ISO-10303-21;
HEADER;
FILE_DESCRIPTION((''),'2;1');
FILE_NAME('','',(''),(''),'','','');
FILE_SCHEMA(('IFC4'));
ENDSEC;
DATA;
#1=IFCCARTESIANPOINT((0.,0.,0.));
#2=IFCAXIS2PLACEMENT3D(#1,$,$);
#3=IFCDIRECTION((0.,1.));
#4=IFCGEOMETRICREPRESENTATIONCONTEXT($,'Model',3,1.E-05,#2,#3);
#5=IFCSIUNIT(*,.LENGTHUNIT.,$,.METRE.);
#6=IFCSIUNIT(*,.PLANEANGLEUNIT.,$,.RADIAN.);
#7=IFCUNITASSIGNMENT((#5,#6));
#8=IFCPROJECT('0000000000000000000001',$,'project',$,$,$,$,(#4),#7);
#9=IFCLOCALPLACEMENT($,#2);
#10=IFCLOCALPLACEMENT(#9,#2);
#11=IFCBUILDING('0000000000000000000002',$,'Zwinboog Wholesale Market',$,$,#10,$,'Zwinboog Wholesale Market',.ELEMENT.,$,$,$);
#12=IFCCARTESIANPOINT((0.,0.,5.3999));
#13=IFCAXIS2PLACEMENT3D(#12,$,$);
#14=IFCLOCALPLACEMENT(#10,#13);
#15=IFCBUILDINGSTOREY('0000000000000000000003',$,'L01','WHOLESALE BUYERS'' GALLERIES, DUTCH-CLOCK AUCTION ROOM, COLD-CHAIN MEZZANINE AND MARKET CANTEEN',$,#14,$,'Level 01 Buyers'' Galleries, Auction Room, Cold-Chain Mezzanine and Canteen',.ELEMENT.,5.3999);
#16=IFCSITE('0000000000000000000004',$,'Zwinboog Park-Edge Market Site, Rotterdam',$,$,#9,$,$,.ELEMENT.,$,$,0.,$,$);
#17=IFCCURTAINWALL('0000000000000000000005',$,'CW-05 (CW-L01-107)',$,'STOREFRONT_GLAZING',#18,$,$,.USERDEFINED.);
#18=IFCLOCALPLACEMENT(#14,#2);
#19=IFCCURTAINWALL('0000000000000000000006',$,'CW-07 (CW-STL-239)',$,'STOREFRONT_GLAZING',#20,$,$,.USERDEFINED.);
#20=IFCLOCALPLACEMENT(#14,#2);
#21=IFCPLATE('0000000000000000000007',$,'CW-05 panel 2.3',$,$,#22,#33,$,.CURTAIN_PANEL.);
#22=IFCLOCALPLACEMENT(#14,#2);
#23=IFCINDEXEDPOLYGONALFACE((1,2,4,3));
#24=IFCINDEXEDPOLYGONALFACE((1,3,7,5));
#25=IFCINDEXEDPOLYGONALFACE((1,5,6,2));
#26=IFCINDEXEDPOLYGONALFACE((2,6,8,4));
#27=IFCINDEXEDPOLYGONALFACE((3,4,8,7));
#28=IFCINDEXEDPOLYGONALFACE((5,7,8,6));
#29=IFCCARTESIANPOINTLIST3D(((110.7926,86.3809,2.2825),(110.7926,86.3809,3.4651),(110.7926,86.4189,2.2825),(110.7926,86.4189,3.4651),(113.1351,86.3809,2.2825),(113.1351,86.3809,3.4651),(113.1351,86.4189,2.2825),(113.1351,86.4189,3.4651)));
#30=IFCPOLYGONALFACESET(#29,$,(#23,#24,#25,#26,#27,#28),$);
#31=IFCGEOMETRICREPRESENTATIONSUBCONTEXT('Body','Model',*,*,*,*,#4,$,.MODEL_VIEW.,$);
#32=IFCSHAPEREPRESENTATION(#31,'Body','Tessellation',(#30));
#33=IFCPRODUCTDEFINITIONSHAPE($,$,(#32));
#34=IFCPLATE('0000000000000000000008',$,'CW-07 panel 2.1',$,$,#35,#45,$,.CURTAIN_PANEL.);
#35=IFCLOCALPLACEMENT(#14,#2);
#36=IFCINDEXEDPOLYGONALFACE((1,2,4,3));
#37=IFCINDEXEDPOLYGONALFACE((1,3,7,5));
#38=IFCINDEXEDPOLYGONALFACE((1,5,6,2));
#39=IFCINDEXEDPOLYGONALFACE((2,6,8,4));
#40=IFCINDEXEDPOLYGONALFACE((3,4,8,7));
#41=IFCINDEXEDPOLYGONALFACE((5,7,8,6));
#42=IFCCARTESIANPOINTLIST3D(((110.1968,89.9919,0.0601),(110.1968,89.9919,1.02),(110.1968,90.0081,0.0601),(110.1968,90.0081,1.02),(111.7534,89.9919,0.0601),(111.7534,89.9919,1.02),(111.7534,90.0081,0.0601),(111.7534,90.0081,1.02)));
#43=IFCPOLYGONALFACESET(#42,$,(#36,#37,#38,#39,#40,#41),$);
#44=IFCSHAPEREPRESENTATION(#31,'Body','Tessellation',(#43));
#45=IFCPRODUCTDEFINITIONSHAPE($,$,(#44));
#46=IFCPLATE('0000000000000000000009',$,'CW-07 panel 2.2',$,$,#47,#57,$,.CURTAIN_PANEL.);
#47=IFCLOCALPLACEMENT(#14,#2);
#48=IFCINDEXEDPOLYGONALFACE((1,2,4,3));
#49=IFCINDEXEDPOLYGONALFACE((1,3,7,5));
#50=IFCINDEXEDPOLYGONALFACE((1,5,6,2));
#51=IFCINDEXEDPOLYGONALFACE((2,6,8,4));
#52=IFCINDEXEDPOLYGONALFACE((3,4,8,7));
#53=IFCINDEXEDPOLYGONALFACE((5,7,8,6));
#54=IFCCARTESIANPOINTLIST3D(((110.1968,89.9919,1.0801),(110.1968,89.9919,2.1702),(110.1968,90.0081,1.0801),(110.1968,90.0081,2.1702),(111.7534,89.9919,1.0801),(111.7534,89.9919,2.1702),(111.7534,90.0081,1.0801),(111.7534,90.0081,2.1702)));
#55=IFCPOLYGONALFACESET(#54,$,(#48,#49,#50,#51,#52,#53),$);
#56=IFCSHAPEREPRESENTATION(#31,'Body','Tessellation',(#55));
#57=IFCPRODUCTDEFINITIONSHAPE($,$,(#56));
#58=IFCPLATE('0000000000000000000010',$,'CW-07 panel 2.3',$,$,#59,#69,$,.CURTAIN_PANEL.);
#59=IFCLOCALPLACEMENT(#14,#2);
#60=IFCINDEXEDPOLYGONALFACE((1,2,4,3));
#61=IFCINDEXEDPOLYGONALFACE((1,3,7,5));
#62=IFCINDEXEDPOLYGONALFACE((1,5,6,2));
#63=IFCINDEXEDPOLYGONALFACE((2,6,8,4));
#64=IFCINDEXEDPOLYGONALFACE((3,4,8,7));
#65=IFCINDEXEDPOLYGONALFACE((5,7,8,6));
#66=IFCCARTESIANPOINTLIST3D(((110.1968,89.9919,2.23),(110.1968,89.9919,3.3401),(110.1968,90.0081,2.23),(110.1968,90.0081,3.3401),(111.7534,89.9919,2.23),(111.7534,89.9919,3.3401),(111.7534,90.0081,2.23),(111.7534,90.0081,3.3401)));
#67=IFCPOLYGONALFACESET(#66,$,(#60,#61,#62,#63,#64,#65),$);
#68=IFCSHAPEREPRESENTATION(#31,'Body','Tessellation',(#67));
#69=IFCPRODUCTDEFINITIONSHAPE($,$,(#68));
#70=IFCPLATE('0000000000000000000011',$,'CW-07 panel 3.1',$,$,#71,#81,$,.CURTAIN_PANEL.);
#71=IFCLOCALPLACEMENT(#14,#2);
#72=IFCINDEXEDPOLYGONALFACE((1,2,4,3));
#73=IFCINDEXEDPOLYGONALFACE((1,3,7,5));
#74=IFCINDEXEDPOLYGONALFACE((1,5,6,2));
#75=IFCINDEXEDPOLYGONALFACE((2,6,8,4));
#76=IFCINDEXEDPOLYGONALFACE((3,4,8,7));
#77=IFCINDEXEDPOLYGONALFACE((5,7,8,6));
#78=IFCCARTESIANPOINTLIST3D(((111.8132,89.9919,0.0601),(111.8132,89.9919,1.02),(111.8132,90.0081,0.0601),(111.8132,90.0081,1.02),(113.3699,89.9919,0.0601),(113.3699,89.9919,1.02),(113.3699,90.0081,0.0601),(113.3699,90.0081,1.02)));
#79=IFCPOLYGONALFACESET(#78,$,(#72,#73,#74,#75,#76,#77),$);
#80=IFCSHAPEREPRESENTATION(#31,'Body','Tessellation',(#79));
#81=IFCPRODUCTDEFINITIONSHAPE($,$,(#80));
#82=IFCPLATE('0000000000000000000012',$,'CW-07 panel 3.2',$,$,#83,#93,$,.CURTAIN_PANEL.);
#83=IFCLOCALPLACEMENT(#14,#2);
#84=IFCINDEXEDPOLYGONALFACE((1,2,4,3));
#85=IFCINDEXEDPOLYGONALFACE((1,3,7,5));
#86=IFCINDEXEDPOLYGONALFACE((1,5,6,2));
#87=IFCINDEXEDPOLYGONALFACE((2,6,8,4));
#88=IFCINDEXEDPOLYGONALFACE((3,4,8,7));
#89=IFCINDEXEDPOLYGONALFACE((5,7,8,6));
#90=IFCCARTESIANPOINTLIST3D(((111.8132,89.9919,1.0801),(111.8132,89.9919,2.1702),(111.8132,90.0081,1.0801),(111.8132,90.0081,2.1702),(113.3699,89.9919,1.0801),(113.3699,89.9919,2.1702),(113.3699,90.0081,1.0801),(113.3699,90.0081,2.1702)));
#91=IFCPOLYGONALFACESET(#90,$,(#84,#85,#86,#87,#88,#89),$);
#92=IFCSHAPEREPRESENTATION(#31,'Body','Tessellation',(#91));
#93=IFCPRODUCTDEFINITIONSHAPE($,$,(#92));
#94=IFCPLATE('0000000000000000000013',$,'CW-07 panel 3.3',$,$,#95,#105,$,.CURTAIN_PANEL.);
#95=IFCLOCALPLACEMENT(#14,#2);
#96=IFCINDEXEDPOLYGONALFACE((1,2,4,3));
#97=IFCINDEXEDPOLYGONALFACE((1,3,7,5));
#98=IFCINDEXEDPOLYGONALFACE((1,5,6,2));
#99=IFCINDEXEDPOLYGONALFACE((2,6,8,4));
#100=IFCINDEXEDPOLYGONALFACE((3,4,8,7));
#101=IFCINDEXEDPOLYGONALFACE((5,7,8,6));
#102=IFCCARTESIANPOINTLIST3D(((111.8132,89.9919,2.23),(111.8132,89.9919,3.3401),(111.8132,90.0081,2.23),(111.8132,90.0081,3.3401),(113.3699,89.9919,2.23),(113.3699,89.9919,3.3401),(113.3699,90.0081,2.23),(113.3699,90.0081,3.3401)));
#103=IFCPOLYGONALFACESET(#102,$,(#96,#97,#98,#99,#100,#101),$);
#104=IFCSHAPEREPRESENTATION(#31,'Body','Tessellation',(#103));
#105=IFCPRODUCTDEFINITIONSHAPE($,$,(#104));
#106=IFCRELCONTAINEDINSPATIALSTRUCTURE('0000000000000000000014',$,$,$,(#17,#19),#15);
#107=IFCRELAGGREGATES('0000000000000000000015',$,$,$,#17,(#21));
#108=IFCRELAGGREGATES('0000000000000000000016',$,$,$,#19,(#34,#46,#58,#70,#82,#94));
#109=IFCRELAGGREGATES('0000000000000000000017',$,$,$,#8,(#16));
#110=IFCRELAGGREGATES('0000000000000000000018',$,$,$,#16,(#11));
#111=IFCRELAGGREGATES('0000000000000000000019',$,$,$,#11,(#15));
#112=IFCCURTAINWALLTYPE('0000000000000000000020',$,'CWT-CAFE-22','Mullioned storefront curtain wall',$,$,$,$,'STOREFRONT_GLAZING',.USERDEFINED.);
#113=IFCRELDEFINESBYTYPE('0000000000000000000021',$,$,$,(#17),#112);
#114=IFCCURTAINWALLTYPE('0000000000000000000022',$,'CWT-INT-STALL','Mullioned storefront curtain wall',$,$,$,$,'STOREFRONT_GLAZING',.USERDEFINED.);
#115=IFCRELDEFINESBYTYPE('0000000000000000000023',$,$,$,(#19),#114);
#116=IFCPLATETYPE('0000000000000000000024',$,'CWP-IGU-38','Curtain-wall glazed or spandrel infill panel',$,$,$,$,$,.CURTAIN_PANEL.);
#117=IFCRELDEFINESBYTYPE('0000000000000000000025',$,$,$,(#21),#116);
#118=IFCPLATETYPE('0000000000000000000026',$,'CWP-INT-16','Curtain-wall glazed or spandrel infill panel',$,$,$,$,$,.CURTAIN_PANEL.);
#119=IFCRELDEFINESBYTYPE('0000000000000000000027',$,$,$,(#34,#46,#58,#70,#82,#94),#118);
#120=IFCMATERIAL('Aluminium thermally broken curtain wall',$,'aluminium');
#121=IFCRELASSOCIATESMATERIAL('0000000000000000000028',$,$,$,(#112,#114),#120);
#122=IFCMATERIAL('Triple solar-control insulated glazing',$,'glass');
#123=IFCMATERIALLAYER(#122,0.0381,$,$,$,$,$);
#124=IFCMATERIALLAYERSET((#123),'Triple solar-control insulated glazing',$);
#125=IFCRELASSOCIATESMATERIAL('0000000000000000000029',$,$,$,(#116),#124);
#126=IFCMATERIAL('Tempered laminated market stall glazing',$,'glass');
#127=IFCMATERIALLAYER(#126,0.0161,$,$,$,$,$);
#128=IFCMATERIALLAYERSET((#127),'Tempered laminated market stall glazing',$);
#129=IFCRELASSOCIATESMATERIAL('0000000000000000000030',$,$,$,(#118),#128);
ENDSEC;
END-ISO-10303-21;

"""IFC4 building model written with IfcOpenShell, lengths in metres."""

from ifc_helpers import new_model, si_unit, direction, frame, origin, origin_2d, place, context, subcontext, project, spatial, rectangle, extrude, material, layer, layer_set, type_object, element, aggregate, save


model = new_model("IFC4")

# Units and contexts
model_context = context("Model", 3, precision=1e-05, world=origin(), true_north=direction((0.0, 1.0)))
body_context = subcontext(model_context, "Body", "Model", "MODEL_VIEW")
ifc_project = project(units=[si_unit("LENGTHUNIT", "METRE"), si_unit("PLANEANGLEUNIT", "RADIAN")], contexts=[model_context])

# Site, building, storey
site_placement = place(None, origin())
site = spatial("IfcSite", under=ifc_project, at=site_placement, Name="Zwinboog Park-Edge Market Site, Rotterdam", CompositionType="ELEMENT", RefElevation=0.0)
building_placement = place(site_placement, origin())
building = spatial("IfcBuilding", under=site, at=building_placement, Name="Zwinboog Wholesale Market", LongName="Zwinboog Wholesale Market", CompositionType="ELEMENT")
storey_placement = place(building_placement, frame((0.0, 0.0, 5.3999)))
storey = spatial("IfcBuildingStorey", under=building, at=storey_placement, Name="L01", Description="WHOLESALE BUYERS' GALLERIES, DUTCH-CLOCK AUCTION ROOM, COLD-CHAIN MEZZANINE AND MARKET CANTEEN", LongName="Level 01 Buyers' Galleries, Auction Room, Cold-Chain Mezzanine and Canteen", CompositionType="ELEMENT", Elevation=5.3999)

# Curtain walls
ifc_material_1 = material(Name="Aluminium thermally broken curtain wall", Category="aluminium")
curtain_wall_type_1 = type_object("IfcCurtainWallType", Name="CWT-CAFE-22", Description="Mullioned storefront curtain wall", ElementType="STOREFRONT_GLAZING", PredefinedType="USERDEFINED", material=ifc_material_1)
curtain_wall_1_placement = place(storey_placement, origin())
curtain_wall_1 = element("IfcCurtainWall", 1, at=curtain_wall_1_placement, inside=storey, type_object=curtain_wall_type_1, Name="CW-05 (CW-L01-107)", ObjectType="STOREFRONT_GLAZING", PredefinedType="USERDEFINED")
curtain_wall_type_2 = type_object("IfcCurtainWallType", Name="CWT-INT-STALL", Description="Mullioned storefront curtain wall", ElementType="STOREFRONT_GLAZING", PredefinedType="USERDEFINED", material=ifc_material_1)
curtain_wall_2_placement = place(storey_placement, origin())
curtain_wall_2 = element("IfcCurtainWall", 2, at=curtain_wall_2_placement, inside=storey, type_object=curtain_wall_type_2, Name="CW-07 (CW-STL-239)", ObjectType="STOREFRONT_GLAZING", PredefinedType="USERDEFINED")

# Plates
ifc_material_2 = material(Name="Triple solar-control insulated glazing", Category="glass")
ifc_layer_1 = layer(ifc_material_2, 0.0381)
ifc_layer_set_1 = layer_set([ifc_layer_1], Name="Triple solar-control insulated glazing")
plate_type_1 = type_object("IfcPlateType", Name="CWP-IGU-38", Description="Curtain-wall glazed or spandrel infill panel", PredefinedType="CURTAIN_PANEL", material=ifc_layer_set_1)
plate_1_placement = place(storey_placement, frame((111.9639, 86.3999, 2.2825), z_axis=(0.0, 0.0, 1.0), x_axis=(1.0, 0.0, 0.0)))
plate_1 = element("IfcPlate", 3, at=plate_1_placement, type_object=plate_type_1, Name="CW-05 panel 2.3", PredefinedType="CURTAIN_PANEL", context=body_context, shape_type="SweptSolid", body=[
    extrude(rectangle(XDim=2.3425, YDim=0.0381, at=origin_2d()), origin(), (0.0, 0.0, 1.0), 1.1826),
])
aggregate(curtain_wall_1, [plate_1])
ifc_material_3 = material(Name="Tempered laminated market stall glazing", Category="glass")
ifc_layer_2 = layer(ifc_material_3, 0.0161)
ifc_layer_set_2 = layer_set([ifc_layer_2], Name="Tempered laminated market stall glazing")
plate_type_2 = type_object("IfcPlateType", Name="CWP-INT-16", Description="Curtain-wall glazed or spandrel infill panel", PredefinedType="CURTAIN_PANEL", material=ifc_layer_set_2)
plate_2_placement = place(storey_placement, frame((110.9751, 90.0, 0.0601), z_axis=(0.0, 0.0, 1.0), x_axis=(1.0, 0.0, 0.0)))
plate_2 = element("IfcPlate", 4, at=plate_2_placement, type_object=plate_type_2, Name="CW-07 panel 2.1", PredefinedType="CURTAIN_PANEL", context=body_context, shape_type="SweptSolid", body=[
    extrude(rectangle(XDim=1.5566, YDim=0.0161, at=origin_2d()), origin(), (0.0, 0.0, 1.0), 0.96),
])
plate_3_placement = place(storey_placement, frame((110.9751, 90.0, 1.0801), z_axis=(0.0, 0.0, 1.0), x_axis=(1.0, 0.0, 0.0)))
plate_3 = element("IfcPlate", 5, at=plate_3_placement, type_object=plate_type_2, Name="CW-07 panel 2.2", PredefinedType="CURTAIN_PANEL", context=body_context, shape_type="SweptSolid", body=[
    extrude(rectangle(XDim=1.5566, YDim=0.0161, at=origin_2d()), origin(), (0.0, 0.0, 1.0), 1.0901),
])
plate_4_placement = place(storey_placement, frame((110.9751, 90.0, 2.23), z_axis=(0.0, 0.0, 1.0), x_axis=(1.0, 0.0, 0.0)))
plate_4 = element("IfcPlate", 6, at=plate_4_placement, type_object=plate_type_2, Name="CW-07 panel 2.3", PredefinedType="CURTAIN_PANEL", context=body_context, shape_type="SweptSolid", body=[
    extrude(rectangle(XDim=1.5566, YDim=0.0161, at=origin_2d()), origin(), (0.0, 0.0, 1.0), 1.1101),
])
plate_5_placement = place(storey_placement, frame((112.5916, 90.0, 0.0601), z_axis=(0.0, 0.0, 1.0), x_axis=(1.0, 0.0, 0.0)))
plate_5 = element("IfcPlate", 7, at=plate_5_placement, type_object=plate_type_2, Name="CW-07 panel 3.1", PredefinedType="CURTAIN_PANEL", context=body_context, shape_type="SweptSolid", body=[
    extrude(rectangle(XDim=1.5566, YDim=0.0161, at=origin_2d()), origin(), (0.0, 0.0, 1.0), 0.96),
])
plate_6_placement = place(storey_placement, frame((112.5916, 90.0, 1.0801), z_axis=(0.0, 0.0, 1.0), x_axis=(1.0, 0.0, 0.0)))
plate_6 = element("IfcPlate", 8, at=plate_6_placement, type_object=plate_type_2, Name="CW-07 panel 3.2", PredefinedType="CURTAIN_PANEL", context=body_context, shape_type="SweptSolid", body=[
    extrude(rectangle(XDim=1.5566, YDim=0.0161, at=origin_2d()), origin(), (0.0, 0.0, 1.0), 1.0901),
])
plate_7_placement = place(storey_placement, frame((112.5916, 90.0, 2.23), z_axis=(0.0, 0.0, 1.0), x_axis=(1.0, 0.0, 0.0)))
plate_7 = element("IfcPlate", 9, at=plate_7_placement, type_object=plate_type_2, Name="CW-07 panel 3.3", PredefinedType="CURTAIN_PANEL", context=body_context, shape_type="SweptSolid", body=[
    extrude(rectangle(XDim=1.5566, YDim=0.0161, at=origin_2d()), origin(), (0.0, 0.0, 1.0), 1.1101),
])
aggregate(curtain_wall_2, [plate_2, plate_3, plate_4, plate_5, plate_6, plate_7])

save(model, "model.ifc")
